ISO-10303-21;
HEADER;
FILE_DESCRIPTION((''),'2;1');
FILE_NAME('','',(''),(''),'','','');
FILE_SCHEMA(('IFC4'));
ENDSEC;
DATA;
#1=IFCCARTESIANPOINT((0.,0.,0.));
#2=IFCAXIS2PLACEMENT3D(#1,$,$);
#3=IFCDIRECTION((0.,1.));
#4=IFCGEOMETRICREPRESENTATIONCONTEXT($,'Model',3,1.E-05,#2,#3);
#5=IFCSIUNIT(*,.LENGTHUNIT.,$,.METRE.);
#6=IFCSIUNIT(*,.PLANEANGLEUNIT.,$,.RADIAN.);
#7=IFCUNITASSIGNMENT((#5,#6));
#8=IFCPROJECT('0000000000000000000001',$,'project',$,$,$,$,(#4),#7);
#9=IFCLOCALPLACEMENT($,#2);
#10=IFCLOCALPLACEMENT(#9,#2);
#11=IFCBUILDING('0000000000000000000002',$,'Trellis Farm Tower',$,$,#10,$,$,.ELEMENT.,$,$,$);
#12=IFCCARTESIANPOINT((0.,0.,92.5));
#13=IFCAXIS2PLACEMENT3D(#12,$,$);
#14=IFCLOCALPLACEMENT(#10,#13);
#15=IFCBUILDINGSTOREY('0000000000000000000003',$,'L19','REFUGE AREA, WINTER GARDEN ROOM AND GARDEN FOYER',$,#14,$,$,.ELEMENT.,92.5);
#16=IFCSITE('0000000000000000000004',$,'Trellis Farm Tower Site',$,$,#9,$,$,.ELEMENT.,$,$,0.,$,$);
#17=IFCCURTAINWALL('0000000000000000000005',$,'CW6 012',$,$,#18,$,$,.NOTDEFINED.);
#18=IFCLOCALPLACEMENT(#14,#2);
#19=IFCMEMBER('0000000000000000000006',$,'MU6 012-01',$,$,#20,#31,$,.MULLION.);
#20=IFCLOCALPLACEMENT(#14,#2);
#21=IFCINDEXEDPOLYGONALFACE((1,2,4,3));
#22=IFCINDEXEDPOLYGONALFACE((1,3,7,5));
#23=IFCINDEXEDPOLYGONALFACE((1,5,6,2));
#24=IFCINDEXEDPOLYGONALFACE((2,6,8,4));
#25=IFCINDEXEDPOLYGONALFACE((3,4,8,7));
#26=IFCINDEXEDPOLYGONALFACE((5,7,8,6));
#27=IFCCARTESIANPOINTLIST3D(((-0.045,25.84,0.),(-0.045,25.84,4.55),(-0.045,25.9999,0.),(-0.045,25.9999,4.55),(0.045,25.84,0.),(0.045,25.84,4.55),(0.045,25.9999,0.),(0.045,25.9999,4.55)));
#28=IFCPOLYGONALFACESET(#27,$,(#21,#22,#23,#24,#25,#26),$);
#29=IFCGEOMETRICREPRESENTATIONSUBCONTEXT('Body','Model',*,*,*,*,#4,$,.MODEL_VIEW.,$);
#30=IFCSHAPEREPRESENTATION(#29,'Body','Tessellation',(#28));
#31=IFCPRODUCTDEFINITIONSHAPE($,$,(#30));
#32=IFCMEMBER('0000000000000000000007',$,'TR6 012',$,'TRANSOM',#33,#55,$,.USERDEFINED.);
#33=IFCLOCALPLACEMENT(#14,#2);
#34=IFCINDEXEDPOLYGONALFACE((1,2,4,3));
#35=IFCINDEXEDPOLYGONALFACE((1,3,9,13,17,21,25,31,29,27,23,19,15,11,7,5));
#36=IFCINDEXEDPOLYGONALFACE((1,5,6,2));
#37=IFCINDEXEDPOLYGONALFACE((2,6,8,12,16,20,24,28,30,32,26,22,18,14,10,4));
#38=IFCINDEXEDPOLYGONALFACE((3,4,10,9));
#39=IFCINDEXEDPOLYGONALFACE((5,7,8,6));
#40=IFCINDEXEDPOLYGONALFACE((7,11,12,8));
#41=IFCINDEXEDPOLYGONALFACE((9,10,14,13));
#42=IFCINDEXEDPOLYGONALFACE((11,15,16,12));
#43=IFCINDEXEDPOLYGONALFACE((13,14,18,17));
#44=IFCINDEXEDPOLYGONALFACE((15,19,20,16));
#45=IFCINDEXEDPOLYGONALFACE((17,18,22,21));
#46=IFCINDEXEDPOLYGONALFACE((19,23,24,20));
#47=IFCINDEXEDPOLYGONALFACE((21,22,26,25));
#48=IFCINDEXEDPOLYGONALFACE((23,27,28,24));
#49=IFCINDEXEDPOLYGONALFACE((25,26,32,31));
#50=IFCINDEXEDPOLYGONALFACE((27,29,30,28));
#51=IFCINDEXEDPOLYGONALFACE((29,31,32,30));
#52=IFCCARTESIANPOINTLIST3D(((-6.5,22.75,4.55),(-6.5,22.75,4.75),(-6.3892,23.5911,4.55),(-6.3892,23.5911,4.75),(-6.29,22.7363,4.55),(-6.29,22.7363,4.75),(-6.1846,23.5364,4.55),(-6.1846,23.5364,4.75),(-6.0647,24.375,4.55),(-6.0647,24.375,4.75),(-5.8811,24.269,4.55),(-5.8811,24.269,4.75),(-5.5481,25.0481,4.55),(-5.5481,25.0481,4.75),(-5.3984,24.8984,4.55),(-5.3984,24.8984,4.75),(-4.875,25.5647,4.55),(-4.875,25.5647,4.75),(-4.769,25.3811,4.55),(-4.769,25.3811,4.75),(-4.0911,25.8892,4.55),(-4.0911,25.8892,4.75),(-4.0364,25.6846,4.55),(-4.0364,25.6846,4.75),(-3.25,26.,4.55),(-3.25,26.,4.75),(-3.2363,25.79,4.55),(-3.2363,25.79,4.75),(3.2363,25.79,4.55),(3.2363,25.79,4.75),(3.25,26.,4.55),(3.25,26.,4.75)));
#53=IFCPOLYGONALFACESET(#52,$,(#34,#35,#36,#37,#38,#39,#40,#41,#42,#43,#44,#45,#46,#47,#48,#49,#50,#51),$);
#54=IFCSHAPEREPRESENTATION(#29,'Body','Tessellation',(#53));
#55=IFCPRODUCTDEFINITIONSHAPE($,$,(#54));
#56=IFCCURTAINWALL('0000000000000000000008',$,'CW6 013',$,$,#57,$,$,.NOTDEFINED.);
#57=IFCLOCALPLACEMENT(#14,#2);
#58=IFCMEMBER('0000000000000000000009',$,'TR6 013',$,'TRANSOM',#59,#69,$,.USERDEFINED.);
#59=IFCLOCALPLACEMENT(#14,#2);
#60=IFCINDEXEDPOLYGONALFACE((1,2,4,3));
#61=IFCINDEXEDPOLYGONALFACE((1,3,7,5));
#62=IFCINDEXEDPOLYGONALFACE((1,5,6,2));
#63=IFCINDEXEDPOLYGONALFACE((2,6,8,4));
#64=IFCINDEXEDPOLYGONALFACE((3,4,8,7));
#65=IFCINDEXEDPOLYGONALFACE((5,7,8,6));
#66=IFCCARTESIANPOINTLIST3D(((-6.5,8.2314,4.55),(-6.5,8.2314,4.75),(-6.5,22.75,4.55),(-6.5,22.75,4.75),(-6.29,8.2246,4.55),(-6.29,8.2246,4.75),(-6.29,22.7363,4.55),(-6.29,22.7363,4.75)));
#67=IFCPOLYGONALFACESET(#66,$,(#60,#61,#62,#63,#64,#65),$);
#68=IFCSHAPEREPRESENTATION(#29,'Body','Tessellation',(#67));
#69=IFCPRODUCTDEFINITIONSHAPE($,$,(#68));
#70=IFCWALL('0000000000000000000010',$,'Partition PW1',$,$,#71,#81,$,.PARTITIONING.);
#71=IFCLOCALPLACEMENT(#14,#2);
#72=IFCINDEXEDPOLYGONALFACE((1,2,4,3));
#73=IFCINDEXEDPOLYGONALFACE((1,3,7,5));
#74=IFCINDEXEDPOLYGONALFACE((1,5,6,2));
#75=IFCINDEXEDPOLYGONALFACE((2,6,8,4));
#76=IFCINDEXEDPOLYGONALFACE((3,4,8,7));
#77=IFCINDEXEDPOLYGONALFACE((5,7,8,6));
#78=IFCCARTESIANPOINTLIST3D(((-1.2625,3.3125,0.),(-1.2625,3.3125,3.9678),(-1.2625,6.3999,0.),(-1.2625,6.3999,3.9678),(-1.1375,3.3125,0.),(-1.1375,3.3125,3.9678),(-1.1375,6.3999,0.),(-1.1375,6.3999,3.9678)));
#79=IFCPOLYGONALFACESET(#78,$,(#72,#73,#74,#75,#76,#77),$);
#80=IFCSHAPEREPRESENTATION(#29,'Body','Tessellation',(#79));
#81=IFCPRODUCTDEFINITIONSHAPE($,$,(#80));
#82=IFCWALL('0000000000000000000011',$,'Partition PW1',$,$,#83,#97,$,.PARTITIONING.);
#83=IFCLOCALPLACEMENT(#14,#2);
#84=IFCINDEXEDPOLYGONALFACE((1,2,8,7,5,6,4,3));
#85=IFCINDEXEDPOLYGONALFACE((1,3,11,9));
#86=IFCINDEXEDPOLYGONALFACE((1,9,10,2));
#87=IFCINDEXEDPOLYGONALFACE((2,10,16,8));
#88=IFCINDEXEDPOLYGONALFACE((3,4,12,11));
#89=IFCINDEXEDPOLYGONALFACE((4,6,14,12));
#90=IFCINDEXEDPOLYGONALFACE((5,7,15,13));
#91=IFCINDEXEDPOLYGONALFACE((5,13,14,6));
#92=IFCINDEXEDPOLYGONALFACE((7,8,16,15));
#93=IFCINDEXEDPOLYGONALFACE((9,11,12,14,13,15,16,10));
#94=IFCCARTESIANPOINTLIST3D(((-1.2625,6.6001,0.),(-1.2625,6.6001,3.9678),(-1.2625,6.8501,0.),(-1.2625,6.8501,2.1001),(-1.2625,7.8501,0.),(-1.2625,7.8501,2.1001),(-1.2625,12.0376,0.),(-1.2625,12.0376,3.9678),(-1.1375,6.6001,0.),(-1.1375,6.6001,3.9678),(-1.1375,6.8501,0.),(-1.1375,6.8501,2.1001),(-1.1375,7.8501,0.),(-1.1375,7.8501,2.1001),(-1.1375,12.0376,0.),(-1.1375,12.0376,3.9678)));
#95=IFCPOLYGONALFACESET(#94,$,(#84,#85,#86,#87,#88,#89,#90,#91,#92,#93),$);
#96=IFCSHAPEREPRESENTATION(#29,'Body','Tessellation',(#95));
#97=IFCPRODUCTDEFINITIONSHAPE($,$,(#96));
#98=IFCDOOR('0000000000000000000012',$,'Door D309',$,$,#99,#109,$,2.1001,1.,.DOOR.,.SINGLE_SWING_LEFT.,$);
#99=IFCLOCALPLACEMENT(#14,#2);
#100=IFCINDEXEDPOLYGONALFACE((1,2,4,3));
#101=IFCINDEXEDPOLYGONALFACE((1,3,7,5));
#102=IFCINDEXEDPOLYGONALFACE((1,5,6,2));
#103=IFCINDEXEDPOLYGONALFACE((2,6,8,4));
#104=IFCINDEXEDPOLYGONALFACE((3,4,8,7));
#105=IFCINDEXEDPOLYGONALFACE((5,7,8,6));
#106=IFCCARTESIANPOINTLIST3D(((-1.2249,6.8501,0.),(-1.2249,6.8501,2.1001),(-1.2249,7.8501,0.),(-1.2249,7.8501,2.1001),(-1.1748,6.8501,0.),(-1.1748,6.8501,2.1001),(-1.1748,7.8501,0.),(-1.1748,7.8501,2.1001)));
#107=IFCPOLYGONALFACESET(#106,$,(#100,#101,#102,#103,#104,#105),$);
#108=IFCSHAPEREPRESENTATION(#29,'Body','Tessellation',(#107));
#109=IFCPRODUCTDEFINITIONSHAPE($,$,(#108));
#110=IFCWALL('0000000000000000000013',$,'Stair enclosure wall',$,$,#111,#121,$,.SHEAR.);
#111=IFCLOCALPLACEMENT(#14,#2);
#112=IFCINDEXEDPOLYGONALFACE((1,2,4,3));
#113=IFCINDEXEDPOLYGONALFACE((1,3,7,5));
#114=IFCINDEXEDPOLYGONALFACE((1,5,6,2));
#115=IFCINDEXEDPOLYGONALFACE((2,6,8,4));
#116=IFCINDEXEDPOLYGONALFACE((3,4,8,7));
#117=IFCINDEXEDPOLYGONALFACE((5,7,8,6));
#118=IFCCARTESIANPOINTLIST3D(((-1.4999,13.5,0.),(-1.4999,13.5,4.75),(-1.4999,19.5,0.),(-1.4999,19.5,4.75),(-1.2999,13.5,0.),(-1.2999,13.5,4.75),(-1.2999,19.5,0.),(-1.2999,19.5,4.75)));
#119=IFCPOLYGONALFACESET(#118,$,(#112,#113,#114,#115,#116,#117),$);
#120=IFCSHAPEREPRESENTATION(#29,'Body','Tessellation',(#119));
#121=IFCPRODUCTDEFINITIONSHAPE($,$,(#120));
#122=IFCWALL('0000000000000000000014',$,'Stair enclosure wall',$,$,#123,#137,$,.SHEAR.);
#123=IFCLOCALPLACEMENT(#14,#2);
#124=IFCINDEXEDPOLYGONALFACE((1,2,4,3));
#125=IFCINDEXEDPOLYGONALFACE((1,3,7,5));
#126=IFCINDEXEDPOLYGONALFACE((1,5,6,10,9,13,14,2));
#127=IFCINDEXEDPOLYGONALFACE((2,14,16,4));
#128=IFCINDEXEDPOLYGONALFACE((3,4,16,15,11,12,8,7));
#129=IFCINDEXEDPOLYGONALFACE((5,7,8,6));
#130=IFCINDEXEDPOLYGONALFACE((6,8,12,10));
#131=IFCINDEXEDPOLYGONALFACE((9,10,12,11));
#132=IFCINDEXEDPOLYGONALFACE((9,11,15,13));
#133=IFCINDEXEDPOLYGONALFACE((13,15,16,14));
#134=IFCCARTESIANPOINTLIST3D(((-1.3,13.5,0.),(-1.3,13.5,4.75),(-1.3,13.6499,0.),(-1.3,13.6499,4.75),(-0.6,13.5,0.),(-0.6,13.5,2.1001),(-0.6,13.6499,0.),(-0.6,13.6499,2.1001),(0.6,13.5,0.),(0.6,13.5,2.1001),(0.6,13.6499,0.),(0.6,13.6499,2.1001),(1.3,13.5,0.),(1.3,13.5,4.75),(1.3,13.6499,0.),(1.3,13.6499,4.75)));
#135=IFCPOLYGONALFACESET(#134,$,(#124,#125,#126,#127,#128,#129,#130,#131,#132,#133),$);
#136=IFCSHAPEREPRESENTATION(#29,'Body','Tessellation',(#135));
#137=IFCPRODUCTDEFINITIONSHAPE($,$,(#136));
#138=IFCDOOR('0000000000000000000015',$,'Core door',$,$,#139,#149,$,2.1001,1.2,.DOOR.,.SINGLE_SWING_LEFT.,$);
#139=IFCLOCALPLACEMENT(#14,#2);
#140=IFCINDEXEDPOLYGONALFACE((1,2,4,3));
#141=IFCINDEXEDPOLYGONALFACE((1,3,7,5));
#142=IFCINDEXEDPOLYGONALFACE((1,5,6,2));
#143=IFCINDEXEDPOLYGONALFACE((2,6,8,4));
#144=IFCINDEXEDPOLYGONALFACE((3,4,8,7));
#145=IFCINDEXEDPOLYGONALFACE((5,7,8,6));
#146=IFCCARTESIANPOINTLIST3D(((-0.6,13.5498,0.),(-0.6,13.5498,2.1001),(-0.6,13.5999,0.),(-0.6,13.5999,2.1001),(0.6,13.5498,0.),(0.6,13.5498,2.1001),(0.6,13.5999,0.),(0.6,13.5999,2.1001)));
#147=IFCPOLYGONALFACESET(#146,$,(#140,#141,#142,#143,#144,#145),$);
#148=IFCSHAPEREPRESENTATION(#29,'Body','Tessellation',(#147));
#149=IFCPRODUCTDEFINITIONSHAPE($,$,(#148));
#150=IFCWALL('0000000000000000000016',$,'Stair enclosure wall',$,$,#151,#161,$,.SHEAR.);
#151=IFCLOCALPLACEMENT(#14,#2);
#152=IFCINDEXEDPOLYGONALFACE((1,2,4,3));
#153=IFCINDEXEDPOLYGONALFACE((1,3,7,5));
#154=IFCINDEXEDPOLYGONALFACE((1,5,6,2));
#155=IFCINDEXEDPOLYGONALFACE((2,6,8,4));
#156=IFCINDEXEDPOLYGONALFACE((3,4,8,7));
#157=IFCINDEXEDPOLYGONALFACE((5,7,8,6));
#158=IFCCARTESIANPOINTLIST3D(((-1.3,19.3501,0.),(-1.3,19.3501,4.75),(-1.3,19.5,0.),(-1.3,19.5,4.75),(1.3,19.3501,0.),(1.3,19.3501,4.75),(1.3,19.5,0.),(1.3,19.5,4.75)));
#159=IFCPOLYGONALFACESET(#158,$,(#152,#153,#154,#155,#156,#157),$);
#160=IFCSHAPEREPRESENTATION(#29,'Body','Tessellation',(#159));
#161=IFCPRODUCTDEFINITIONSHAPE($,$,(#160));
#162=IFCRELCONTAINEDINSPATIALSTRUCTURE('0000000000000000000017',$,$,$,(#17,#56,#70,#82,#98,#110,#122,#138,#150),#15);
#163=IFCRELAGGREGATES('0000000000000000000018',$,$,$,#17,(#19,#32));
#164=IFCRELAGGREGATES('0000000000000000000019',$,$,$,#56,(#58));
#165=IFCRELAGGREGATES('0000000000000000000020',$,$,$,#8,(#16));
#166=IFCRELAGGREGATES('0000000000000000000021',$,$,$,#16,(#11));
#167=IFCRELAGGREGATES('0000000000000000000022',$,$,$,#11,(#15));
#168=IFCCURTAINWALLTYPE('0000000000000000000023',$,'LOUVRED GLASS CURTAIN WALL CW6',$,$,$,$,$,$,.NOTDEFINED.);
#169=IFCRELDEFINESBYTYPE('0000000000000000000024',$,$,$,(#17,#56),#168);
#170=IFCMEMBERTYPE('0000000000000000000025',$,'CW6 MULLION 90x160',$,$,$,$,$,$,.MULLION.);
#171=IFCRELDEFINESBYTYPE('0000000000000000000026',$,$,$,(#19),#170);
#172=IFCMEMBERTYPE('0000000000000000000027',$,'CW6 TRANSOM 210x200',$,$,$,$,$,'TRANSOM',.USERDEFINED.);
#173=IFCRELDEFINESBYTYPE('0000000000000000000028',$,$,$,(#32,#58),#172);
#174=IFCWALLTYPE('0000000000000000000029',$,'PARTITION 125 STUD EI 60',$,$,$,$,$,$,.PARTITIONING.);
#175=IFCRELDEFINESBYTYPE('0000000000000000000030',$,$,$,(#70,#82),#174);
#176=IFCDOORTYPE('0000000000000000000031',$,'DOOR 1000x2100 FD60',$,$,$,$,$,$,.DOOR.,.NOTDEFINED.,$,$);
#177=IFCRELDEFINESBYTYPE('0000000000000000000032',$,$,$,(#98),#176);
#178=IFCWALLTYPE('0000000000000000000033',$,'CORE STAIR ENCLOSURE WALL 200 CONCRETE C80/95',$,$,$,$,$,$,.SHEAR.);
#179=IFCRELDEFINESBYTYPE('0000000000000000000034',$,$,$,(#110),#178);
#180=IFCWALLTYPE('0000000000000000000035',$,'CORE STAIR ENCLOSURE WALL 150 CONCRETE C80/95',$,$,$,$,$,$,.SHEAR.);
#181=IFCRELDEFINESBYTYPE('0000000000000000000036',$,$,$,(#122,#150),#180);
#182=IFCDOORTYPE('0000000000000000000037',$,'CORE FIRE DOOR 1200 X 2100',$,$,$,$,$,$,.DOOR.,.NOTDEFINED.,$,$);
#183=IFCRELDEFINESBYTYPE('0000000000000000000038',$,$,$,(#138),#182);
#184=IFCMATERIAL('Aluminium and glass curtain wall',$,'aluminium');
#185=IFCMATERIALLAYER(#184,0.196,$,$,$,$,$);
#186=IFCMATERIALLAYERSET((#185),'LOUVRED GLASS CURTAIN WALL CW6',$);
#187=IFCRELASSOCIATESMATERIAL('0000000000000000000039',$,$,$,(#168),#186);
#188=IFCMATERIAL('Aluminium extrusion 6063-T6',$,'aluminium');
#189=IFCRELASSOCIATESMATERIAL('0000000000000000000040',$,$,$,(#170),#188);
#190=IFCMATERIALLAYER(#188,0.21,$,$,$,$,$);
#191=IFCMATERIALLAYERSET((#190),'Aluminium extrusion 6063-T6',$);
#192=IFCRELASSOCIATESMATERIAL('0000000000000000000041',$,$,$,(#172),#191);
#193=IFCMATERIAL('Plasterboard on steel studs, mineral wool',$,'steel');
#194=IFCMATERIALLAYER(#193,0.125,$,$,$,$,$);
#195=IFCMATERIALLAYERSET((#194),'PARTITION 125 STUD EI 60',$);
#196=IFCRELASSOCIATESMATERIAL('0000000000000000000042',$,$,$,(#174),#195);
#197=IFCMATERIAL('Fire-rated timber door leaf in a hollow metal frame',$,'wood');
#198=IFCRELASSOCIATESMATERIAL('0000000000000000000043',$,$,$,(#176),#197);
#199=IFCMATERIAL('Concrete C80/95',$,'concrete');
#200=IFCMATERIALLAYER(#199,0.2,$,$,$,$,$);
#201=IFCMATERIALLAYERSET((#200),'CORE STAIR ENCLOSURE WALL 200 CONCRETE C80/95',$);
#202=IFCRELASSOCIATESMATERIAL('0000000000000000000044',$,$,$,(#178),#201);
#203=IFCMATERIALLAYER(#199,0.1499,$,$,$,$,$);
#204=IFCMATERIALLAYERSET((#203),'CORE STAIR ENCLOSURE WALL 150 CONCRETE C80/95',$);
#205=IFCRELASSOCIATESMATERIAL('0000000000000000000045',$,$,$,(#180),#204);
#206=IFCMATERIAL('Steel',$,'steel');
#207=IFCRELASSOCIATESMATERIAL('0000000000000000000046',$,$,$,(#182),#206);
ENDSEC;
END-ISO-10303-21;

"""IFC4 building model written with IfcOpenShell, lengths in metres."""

from ifc_helpers import new_model, si_unit, direction, frame, frame_2d, origin, origin_2d, place, context, subcontext, project, spatial, polyline, rectangle, outline, extrude, source, transform, mapped, material, layer, layer_set, material_profile, profile_set, type_object, element, fill, aggregate, save


model = new_model("IFC4")

# Units and contexts
model_context = context("Model", 3, precision=1e-05, world=origin(), true_north=direction((0.0, 1.0)))
body_context = subcontext(model_context, "Body", "Model", "MODEL_VIEW")
ifc_project = project(units=[si_unit("LENGTHUNIT", "METRE"), si_unit("PLANEANGLEUNIT", "RADIAN")], contexts=[model_context])

# Site, building, storey
site_placement = place(None, origin())
site = spatial("IfcSite", under=ifc_project, at=site_placement, Name="Trellis Farm Tower Site", CompositionType="ELEMENT", RefElevation=0.0)
building_placement = place(site_placement, origin())
building = spatial("IfcBuilding", under=site, at=building_placement, Name="Trellis Farm Tower", CompositionType="ELEMENT")
storey_placement = place(building_placement, frame((0.0, 0.0, 92.5)))
storey = spatial("IfcBuildingStorey", under=building, at=storey_placement, Name="L19", Description="REFUGE AREA, WINTER GARDEN ROOM AND GARDEN FOYER", CompositionType="ELEMENT", Elevation=92.5)

# Shared definitions
ifc_material_1 = material(Name="Concrete C80/95", Category="concrete")

# Curtain wall, members
ifc_material_2 = material(Name="Aluminium and glass curtain wall", Category="aluminium")
ifc_layer_1 = layer(ifc_material_2, 0.196)
ifc_layer_set_1 = layer_set([ifc_layer_1], Name="LOUVRED GLASS CURTAIN WALL CW6")
curtain_wall_type = type_object("IfcCurtainWallType", Name="LOUVRED GLASS CURTAIN WALL CW6", PredefinedType="NOTDEFINED", material=ifc_layer_set_1)
placement_1 = place(storey_placement, origin())
curtain_wall_1 = element("IfcCurtainWall", 1, at=placement_1, inside=storey, type_object=curtain_wall_type, Name="CW6 012", PredefinedType="NOTDEFINED")
ifc_material_3 = material(Name="Aluminium extrusion 6063-T6", Category="aluminium")
ifc_material_profile_1 = material_profile(ifc_material_3, rectangle(XDim=0.0901, YDim=0.1599, at=origin_2d()), Name="MULLION 90x160")
ifc_profile_set_1 = profile_set([ifc_material_profile_1], Name="Aluminium extrusion 6063-T6")
member_type_1 = type_object("IfcMemberType", Name="CW6 MULLION 90x160", PredefinedType="MULLION", material=ifc_profile_set_1)
shared_shape_1 = source(origin(), body_context, "Body", "SweptSolid", [
    extrude(rectangle(XDim=0.0901, YDim=0.1599, at=origin_2d()), origin(), (0.0, 0.0, 1.0), 4.55),
])
member_1_placement = place(storey_placement, frame((0.0, 25.9199, 0.0), z_axis=(0.0, 0.0, 1.0), x_axis=(-1.0, 0.0, 0.0)))
member_1 = element("IfcMember", 2, at=member_1_placement, type_object=member_type_1, Name="MU6 012-01", PredefinedType="MULLION", context=body_context, shape_type="MappedRepresentation", body=[
    mapped(shared_shape_1, transform((0.0, 0.0, 0.0))),
])
ifc_layer_2 = layer(ifc_material_3, 0.21)
ifc_layer_set_2 = layer_set([ifc_layer_2], Name="Aluminium extrusion 6063-T6")
member_type_2 = type_object("IfcMemberType", Name="CW6 TRANSOM 210x200", ElementType="TRANSOM", PredefinedType="USERDEFINED", material=ifc_layer_set_2)
shared_shape_2 = source(origin(), body_context, "Body", "SweptSolid", [
    extrude(outline(polyline([(3.25, 26.0), (-3.25, 26.0), (-4.0911, 25.8892), (-4.875, 25.5647), (-5.5481, 25.0481), (-6.0647, 24.375), (-6.3892, 23.5911), (-6.5, 22.75), (-6.29, 22.7363), (-6.1846, 23.5364), (-5.8811, 24.269), (-5.3984, 24.8984), (-4.769, 25.3811), (-4.0364, 25.6846), (-3.2363, 25.79), (3.2363, 25.79), (3.25, 26.0)])), origin(), (0.0, 0.0, 1.0), 0.2),
])
placement_2 = place(storey_placement, frame((0.0, 0.0, 4.55)))
member_2 = element("IfcMember", 3, at=placement_2, type_object=member_type_2, Name="TR6 012", ObjectType="TRANSOM", PredefinedType="USERDEFINED", context=body_context, shape_type="MappedRepresentation", body=[
    mapped(shared_shape_2, transform((0.0, 0.0, 0.0))),
])

# Curtain wall, member
curtain_wall_2 = element("IfcCurtainWall", 4, at=placement_1, inside=storey, type_object=curtain_wall_type, Name="CW6 013", PredefinedType="NOTDEFINED")
shared_shape_3 = source(origin(), body_context, "Body", "SweptSolid", [
    extrude(outline(polyline([(-6.5, 22.75), (-6.5, 8.2314), (-6.29, 8.2246), (-6.29, 22.7363), (-6.5, 22.75)])), origin(), (0.0, 0.0, 1.0), 0.2),
])
member_3 = element("IfcMember", 5, at=placement_2, type_object=member_type_2, Name="TR6 013", ObjectType="TRANSOM", PredefinedType="USERDEFINED", context=body_context, shape_type="MappedRepresentation", body=[
    mapped(shared_shape_3, transform((0.0, 0.0, 0.0))),
])

# Wall
ifc_material_4 = material(Name="Plasterboard on steel studs, mineral wool", Category="steel")
ifc_layer_3 = layer(ifc_material_4, 0.125)
ifc_layer_set_3 = layer_set([ifc_layer_3], Name="PARTITION 125 STUD EI 60")
wall_type_1 = type_object("IfcWallType", Name="PARTITION 125 STUD EI 60", PredefinedType="PARTITIONING", material=ifc_layer_set_3)
wall_1_placement = place(storey_placement, frame((-1.2, 6.3999, 0.0), z_axis=(0.0, 0.0, 1.0), x_axis=(0.0, -1.0, 0.0)))
element("IfcWall", 6, at=wall_1_placement, inside=storey, type_object=wall_type_1, Name="Partition PW1", PredefinedType="PARTITIONING", context=body_context, shape_type="SweptSolid", body=[
    extrude(rectangle(XDim=3.0874, YDim=0.125, at=frame_2d((1.5437, 0.0))), origin(), (0.0, 0.0, 1.0), 3.9678),
])

# Wall, opening, door
wall_2_placement = place(storey_placement, frame((-1.2, 6.6001, 0.0), z_axis=(0.0, 0.0, 1.0), x_axis=(0.0, 1.0, 0.0)))
wall_2 = element("IfcWall", 7, at=wall_2_placement, inside=storey, type_object=wall_type_1, Name="Partition PW1", PredefinedType="PARTITIONING", context=body_context, shape_type="SweptSolid", body=[
    extrude(rectangle(XDim=5.4375, YDim=0.125, at=frame_2d((2.7188, 0.0))), origin(), (0.0, 0.0, 1.0), 3.9678),
])
shared_shape_4 = source(origin(), body_context, "Body", "SweptSolid", [
    extrude(rectangle(XDim=1.0, YDim=2.1001, at=frame_2d((0.5, 1.05))), frame((0.0, 0.0725, 0.0), z_axis=(0.0, -1.0, 0.0), x_axis=(1.0, 0.0, 0.0)), (0.0, 0.0, 1.0), 0.145),
])
opening_1_placement = place(wall_2_placement, frame((0.25, 0.0, 0.0)))
opening_1 = element("IfcOpeningElement", 8, at=opening_1_placement, cuts=wall_2, PredefinedType="OPENING", context=body_context, shape_type="MappedRepresentation", body=[
    mapped(shared_shape_4, transform((0.0, 0.0, 0.0))),
])
ifc_material_5 = material(Name="Fire-rated timber door leaf in a hollow metal frame", Category="wood")
door_type_1 = type_object("IfcDoorType", Name="DOOR 1000x2100 FD60", OperationType="NOTDEFINED", PredefinedType="DOOR", material=ifc_material_5)
shared_shape_5 = source(origin(), body_context, "Body", "SweptSolid", [
    extrude(rectangle(XDim=1.0, YDim=2.1001, at=frame_2d((0.5, 1.05))), frame((0.0, 0.0249, 0.0), z_axis=(0.0, -1.0, 0.0), x_axis=(1.0, 0.0, 0.0)), (0.0, 0.0, 1.0), 0.05),
])
door_1_placement = place(opening_1_placement, origin())
door_1 = element("IfcDoor", 9, at=door_1_placement, inside=storey, type_object=door_type_1, Name="Door D309", OperationType="SINGLE_SWING_LEFT", OverallHeight=2.1001, OverallWidth=1.0, PredefinedType="DOOR", context=body_context, shape_type="MappedRepresentation", body=[
    mapped(shared_shape_5, transform((0.0, 0.0, 0.0))),
])
fill(opening_1, door_1)

# Wall
ifc_layer_4 = layer(ifc_material_1, 0.2)
ifc_layer_set_4 = layer_set([ifc_layer_4], Name="CORE STAIR ENCLOSURE WALL 200 CONCRETE C80/95")
wall_type_2 = type_object("IfcWallType", Name="CORE STAIR ENCLOSURE WALL 200 CONCRETE C80/95", PredefinedType="SHEAR", material=ifc_layer_set_4)
shared_shape_6 = source(origin(), body_context, "Body", "SweptSolid", [
    extrude(rectangle(XDim=6.0, YDim=0.2, at=frame_2d((3.0, 0.0))), origin(), (0.0, 0.0, 1.0), 4.75),
])
wall_3_placement = place(storey_placement, frame((-1.3999, 13.5, 0.0), z_axis=(0.0, 0.0, 1.0), x_axis=(0.0, 1.0, 0.0)))
element("IfcWall", 10, at=wall_3_placement, inside=storey, type_object=wall_type_2, Name="Stair enclosure wall", PredefinedType="SHEAR", context=body_context, shape_type="MappedRepresentation", body=[
    mapped(shared_shape_6, transform((0.0, 0.0, 0.0))),
])

# Wall, opening, door
ifc_layer_5 = layer(ifc_material_1, 0.1499)
ifc_layer_set_5 = layer_set([ifc_layer_5], Name="CORE STAIR ENCLOSURE WALL 150 CONCRETE C80/95")
wall_type_3 = type_object("IfcWallType", Name="CORE STAIR ENCLOSURE WALL 150 CONCRETE C80/95", PredefinedType="SHEAR", material=ifc_layer_set_5)
shared_shape_7 = source(origin(), body_context, "Body", "SweptSolid", [
    extrude(rectangle(XDim=2.6001, YDim=0.1499, at=frame_2d((1.3, 0.0))), origin(), (0.0, 0.0, 1.0), 4.75),
])
wall_4_placement = place(storey_placement, frame((-1.3, 13.575, 0.0), z_axis=(0.0, 0.0, 1.0), x_axis=(1.0, 0.0, 0.0)))
wall_4 = element("IfcWall", 11, at=wall_4_placement, inside=storey, type_object=wall_type_3, Name="Stair enclosure wall", PredefinedType="SHEAR", context=body_context, shape_type="MappedRepresentation", body=[
    mapped(shared_shape_7, transform((0.0, 0.0, 0.0))),
])
shared_shape_8 = source(origin(), body_context, "Body", "SweptSolid", [
    extrude(rectangle(XDim=1.2, YDim=2.1001, at=frame_2d((0.6001, 1.05))), frame((0.0, 0.085, 0.0), z_axis=(0.0, -1.0, 0.0), x_axis=(1.0, 0.0, 0.0)), (0.0, 0.0, 1.0), 0.1699),
])
opening_2_placement = place(wall_4_placement, frame((0.7, 0.0, 0.0)))
opening_2 = element("IfcOpeningElement", 12, at=opening_2_placement, cuts=wall_4, PredefinedType="OPENING", context=body_context, shape_type="MappedRepresentation", body=[
    mapped(shared_shape_8, transform((0.0, 0.0, 0.0))),
])
ifc_material_6 = material(Name="Steel", Category="steel")
door_type_2 = type_object("IfcDoorType", Name="CORE FIRE DOOR 1200 X 2100", OperationType="NOTDEFINED", PredefinedType="DOOR", material=ifc_material_6)
shared_shape_9 = source(origin(), body_context, "Body", "SweptSolid", [
    extrude(rectangle(XDim=1.2, YDim=2.1001, at=frame_2d((0.6001, 1.05))), frame((0.0, 0.0249, 0.0), z_axis=(0.0, -1.0, 0.0), x_axis=(1.0, 0.0, 0.0)), (0.0, 0.0, 1.0), 0.05),
])
door_2_placement = place(opening_2_placement, origin())
door_2 = element("IfcDoor", 13, at=door_2_placement, inside=storey, type_object=door_type_2, Name="Core door", OperationType="SINGLE_SWING_LEFT", OverallHeight=2.1001, OverallWidth=1.2, PredefinedType="DOOR", context=body_context, shape_type="MappedRepresentation", body=[
    mapped(shared_shape_9, transform((0.0, 0.0, 0.0))),
])
fill(opening_2, door_2)

# Wall
wall_5_placement = place(storey_placement, frame((-1.3, 19.425, 0.0), z_axis=(0.0, 0.0, 1.0), x_axis=(1.0, 0.0, 0.0)))
element("IfcWall", 14, at=wall_5_placement, inside=storey, type_object=wall_type_3, Name="Stair enclosure wall", PredefinedType="SHEAR", context=body_context, shape_type="MappedRepresentation", body=[
    mapped(shared_shape_7, transform((0.0, 0.0, 0.0))),
])

aggregate(curtain_wall_1, [member_1, member_2])
aggregate(curtain_wall_2, [member_3])

save(model, "model.ifc")
